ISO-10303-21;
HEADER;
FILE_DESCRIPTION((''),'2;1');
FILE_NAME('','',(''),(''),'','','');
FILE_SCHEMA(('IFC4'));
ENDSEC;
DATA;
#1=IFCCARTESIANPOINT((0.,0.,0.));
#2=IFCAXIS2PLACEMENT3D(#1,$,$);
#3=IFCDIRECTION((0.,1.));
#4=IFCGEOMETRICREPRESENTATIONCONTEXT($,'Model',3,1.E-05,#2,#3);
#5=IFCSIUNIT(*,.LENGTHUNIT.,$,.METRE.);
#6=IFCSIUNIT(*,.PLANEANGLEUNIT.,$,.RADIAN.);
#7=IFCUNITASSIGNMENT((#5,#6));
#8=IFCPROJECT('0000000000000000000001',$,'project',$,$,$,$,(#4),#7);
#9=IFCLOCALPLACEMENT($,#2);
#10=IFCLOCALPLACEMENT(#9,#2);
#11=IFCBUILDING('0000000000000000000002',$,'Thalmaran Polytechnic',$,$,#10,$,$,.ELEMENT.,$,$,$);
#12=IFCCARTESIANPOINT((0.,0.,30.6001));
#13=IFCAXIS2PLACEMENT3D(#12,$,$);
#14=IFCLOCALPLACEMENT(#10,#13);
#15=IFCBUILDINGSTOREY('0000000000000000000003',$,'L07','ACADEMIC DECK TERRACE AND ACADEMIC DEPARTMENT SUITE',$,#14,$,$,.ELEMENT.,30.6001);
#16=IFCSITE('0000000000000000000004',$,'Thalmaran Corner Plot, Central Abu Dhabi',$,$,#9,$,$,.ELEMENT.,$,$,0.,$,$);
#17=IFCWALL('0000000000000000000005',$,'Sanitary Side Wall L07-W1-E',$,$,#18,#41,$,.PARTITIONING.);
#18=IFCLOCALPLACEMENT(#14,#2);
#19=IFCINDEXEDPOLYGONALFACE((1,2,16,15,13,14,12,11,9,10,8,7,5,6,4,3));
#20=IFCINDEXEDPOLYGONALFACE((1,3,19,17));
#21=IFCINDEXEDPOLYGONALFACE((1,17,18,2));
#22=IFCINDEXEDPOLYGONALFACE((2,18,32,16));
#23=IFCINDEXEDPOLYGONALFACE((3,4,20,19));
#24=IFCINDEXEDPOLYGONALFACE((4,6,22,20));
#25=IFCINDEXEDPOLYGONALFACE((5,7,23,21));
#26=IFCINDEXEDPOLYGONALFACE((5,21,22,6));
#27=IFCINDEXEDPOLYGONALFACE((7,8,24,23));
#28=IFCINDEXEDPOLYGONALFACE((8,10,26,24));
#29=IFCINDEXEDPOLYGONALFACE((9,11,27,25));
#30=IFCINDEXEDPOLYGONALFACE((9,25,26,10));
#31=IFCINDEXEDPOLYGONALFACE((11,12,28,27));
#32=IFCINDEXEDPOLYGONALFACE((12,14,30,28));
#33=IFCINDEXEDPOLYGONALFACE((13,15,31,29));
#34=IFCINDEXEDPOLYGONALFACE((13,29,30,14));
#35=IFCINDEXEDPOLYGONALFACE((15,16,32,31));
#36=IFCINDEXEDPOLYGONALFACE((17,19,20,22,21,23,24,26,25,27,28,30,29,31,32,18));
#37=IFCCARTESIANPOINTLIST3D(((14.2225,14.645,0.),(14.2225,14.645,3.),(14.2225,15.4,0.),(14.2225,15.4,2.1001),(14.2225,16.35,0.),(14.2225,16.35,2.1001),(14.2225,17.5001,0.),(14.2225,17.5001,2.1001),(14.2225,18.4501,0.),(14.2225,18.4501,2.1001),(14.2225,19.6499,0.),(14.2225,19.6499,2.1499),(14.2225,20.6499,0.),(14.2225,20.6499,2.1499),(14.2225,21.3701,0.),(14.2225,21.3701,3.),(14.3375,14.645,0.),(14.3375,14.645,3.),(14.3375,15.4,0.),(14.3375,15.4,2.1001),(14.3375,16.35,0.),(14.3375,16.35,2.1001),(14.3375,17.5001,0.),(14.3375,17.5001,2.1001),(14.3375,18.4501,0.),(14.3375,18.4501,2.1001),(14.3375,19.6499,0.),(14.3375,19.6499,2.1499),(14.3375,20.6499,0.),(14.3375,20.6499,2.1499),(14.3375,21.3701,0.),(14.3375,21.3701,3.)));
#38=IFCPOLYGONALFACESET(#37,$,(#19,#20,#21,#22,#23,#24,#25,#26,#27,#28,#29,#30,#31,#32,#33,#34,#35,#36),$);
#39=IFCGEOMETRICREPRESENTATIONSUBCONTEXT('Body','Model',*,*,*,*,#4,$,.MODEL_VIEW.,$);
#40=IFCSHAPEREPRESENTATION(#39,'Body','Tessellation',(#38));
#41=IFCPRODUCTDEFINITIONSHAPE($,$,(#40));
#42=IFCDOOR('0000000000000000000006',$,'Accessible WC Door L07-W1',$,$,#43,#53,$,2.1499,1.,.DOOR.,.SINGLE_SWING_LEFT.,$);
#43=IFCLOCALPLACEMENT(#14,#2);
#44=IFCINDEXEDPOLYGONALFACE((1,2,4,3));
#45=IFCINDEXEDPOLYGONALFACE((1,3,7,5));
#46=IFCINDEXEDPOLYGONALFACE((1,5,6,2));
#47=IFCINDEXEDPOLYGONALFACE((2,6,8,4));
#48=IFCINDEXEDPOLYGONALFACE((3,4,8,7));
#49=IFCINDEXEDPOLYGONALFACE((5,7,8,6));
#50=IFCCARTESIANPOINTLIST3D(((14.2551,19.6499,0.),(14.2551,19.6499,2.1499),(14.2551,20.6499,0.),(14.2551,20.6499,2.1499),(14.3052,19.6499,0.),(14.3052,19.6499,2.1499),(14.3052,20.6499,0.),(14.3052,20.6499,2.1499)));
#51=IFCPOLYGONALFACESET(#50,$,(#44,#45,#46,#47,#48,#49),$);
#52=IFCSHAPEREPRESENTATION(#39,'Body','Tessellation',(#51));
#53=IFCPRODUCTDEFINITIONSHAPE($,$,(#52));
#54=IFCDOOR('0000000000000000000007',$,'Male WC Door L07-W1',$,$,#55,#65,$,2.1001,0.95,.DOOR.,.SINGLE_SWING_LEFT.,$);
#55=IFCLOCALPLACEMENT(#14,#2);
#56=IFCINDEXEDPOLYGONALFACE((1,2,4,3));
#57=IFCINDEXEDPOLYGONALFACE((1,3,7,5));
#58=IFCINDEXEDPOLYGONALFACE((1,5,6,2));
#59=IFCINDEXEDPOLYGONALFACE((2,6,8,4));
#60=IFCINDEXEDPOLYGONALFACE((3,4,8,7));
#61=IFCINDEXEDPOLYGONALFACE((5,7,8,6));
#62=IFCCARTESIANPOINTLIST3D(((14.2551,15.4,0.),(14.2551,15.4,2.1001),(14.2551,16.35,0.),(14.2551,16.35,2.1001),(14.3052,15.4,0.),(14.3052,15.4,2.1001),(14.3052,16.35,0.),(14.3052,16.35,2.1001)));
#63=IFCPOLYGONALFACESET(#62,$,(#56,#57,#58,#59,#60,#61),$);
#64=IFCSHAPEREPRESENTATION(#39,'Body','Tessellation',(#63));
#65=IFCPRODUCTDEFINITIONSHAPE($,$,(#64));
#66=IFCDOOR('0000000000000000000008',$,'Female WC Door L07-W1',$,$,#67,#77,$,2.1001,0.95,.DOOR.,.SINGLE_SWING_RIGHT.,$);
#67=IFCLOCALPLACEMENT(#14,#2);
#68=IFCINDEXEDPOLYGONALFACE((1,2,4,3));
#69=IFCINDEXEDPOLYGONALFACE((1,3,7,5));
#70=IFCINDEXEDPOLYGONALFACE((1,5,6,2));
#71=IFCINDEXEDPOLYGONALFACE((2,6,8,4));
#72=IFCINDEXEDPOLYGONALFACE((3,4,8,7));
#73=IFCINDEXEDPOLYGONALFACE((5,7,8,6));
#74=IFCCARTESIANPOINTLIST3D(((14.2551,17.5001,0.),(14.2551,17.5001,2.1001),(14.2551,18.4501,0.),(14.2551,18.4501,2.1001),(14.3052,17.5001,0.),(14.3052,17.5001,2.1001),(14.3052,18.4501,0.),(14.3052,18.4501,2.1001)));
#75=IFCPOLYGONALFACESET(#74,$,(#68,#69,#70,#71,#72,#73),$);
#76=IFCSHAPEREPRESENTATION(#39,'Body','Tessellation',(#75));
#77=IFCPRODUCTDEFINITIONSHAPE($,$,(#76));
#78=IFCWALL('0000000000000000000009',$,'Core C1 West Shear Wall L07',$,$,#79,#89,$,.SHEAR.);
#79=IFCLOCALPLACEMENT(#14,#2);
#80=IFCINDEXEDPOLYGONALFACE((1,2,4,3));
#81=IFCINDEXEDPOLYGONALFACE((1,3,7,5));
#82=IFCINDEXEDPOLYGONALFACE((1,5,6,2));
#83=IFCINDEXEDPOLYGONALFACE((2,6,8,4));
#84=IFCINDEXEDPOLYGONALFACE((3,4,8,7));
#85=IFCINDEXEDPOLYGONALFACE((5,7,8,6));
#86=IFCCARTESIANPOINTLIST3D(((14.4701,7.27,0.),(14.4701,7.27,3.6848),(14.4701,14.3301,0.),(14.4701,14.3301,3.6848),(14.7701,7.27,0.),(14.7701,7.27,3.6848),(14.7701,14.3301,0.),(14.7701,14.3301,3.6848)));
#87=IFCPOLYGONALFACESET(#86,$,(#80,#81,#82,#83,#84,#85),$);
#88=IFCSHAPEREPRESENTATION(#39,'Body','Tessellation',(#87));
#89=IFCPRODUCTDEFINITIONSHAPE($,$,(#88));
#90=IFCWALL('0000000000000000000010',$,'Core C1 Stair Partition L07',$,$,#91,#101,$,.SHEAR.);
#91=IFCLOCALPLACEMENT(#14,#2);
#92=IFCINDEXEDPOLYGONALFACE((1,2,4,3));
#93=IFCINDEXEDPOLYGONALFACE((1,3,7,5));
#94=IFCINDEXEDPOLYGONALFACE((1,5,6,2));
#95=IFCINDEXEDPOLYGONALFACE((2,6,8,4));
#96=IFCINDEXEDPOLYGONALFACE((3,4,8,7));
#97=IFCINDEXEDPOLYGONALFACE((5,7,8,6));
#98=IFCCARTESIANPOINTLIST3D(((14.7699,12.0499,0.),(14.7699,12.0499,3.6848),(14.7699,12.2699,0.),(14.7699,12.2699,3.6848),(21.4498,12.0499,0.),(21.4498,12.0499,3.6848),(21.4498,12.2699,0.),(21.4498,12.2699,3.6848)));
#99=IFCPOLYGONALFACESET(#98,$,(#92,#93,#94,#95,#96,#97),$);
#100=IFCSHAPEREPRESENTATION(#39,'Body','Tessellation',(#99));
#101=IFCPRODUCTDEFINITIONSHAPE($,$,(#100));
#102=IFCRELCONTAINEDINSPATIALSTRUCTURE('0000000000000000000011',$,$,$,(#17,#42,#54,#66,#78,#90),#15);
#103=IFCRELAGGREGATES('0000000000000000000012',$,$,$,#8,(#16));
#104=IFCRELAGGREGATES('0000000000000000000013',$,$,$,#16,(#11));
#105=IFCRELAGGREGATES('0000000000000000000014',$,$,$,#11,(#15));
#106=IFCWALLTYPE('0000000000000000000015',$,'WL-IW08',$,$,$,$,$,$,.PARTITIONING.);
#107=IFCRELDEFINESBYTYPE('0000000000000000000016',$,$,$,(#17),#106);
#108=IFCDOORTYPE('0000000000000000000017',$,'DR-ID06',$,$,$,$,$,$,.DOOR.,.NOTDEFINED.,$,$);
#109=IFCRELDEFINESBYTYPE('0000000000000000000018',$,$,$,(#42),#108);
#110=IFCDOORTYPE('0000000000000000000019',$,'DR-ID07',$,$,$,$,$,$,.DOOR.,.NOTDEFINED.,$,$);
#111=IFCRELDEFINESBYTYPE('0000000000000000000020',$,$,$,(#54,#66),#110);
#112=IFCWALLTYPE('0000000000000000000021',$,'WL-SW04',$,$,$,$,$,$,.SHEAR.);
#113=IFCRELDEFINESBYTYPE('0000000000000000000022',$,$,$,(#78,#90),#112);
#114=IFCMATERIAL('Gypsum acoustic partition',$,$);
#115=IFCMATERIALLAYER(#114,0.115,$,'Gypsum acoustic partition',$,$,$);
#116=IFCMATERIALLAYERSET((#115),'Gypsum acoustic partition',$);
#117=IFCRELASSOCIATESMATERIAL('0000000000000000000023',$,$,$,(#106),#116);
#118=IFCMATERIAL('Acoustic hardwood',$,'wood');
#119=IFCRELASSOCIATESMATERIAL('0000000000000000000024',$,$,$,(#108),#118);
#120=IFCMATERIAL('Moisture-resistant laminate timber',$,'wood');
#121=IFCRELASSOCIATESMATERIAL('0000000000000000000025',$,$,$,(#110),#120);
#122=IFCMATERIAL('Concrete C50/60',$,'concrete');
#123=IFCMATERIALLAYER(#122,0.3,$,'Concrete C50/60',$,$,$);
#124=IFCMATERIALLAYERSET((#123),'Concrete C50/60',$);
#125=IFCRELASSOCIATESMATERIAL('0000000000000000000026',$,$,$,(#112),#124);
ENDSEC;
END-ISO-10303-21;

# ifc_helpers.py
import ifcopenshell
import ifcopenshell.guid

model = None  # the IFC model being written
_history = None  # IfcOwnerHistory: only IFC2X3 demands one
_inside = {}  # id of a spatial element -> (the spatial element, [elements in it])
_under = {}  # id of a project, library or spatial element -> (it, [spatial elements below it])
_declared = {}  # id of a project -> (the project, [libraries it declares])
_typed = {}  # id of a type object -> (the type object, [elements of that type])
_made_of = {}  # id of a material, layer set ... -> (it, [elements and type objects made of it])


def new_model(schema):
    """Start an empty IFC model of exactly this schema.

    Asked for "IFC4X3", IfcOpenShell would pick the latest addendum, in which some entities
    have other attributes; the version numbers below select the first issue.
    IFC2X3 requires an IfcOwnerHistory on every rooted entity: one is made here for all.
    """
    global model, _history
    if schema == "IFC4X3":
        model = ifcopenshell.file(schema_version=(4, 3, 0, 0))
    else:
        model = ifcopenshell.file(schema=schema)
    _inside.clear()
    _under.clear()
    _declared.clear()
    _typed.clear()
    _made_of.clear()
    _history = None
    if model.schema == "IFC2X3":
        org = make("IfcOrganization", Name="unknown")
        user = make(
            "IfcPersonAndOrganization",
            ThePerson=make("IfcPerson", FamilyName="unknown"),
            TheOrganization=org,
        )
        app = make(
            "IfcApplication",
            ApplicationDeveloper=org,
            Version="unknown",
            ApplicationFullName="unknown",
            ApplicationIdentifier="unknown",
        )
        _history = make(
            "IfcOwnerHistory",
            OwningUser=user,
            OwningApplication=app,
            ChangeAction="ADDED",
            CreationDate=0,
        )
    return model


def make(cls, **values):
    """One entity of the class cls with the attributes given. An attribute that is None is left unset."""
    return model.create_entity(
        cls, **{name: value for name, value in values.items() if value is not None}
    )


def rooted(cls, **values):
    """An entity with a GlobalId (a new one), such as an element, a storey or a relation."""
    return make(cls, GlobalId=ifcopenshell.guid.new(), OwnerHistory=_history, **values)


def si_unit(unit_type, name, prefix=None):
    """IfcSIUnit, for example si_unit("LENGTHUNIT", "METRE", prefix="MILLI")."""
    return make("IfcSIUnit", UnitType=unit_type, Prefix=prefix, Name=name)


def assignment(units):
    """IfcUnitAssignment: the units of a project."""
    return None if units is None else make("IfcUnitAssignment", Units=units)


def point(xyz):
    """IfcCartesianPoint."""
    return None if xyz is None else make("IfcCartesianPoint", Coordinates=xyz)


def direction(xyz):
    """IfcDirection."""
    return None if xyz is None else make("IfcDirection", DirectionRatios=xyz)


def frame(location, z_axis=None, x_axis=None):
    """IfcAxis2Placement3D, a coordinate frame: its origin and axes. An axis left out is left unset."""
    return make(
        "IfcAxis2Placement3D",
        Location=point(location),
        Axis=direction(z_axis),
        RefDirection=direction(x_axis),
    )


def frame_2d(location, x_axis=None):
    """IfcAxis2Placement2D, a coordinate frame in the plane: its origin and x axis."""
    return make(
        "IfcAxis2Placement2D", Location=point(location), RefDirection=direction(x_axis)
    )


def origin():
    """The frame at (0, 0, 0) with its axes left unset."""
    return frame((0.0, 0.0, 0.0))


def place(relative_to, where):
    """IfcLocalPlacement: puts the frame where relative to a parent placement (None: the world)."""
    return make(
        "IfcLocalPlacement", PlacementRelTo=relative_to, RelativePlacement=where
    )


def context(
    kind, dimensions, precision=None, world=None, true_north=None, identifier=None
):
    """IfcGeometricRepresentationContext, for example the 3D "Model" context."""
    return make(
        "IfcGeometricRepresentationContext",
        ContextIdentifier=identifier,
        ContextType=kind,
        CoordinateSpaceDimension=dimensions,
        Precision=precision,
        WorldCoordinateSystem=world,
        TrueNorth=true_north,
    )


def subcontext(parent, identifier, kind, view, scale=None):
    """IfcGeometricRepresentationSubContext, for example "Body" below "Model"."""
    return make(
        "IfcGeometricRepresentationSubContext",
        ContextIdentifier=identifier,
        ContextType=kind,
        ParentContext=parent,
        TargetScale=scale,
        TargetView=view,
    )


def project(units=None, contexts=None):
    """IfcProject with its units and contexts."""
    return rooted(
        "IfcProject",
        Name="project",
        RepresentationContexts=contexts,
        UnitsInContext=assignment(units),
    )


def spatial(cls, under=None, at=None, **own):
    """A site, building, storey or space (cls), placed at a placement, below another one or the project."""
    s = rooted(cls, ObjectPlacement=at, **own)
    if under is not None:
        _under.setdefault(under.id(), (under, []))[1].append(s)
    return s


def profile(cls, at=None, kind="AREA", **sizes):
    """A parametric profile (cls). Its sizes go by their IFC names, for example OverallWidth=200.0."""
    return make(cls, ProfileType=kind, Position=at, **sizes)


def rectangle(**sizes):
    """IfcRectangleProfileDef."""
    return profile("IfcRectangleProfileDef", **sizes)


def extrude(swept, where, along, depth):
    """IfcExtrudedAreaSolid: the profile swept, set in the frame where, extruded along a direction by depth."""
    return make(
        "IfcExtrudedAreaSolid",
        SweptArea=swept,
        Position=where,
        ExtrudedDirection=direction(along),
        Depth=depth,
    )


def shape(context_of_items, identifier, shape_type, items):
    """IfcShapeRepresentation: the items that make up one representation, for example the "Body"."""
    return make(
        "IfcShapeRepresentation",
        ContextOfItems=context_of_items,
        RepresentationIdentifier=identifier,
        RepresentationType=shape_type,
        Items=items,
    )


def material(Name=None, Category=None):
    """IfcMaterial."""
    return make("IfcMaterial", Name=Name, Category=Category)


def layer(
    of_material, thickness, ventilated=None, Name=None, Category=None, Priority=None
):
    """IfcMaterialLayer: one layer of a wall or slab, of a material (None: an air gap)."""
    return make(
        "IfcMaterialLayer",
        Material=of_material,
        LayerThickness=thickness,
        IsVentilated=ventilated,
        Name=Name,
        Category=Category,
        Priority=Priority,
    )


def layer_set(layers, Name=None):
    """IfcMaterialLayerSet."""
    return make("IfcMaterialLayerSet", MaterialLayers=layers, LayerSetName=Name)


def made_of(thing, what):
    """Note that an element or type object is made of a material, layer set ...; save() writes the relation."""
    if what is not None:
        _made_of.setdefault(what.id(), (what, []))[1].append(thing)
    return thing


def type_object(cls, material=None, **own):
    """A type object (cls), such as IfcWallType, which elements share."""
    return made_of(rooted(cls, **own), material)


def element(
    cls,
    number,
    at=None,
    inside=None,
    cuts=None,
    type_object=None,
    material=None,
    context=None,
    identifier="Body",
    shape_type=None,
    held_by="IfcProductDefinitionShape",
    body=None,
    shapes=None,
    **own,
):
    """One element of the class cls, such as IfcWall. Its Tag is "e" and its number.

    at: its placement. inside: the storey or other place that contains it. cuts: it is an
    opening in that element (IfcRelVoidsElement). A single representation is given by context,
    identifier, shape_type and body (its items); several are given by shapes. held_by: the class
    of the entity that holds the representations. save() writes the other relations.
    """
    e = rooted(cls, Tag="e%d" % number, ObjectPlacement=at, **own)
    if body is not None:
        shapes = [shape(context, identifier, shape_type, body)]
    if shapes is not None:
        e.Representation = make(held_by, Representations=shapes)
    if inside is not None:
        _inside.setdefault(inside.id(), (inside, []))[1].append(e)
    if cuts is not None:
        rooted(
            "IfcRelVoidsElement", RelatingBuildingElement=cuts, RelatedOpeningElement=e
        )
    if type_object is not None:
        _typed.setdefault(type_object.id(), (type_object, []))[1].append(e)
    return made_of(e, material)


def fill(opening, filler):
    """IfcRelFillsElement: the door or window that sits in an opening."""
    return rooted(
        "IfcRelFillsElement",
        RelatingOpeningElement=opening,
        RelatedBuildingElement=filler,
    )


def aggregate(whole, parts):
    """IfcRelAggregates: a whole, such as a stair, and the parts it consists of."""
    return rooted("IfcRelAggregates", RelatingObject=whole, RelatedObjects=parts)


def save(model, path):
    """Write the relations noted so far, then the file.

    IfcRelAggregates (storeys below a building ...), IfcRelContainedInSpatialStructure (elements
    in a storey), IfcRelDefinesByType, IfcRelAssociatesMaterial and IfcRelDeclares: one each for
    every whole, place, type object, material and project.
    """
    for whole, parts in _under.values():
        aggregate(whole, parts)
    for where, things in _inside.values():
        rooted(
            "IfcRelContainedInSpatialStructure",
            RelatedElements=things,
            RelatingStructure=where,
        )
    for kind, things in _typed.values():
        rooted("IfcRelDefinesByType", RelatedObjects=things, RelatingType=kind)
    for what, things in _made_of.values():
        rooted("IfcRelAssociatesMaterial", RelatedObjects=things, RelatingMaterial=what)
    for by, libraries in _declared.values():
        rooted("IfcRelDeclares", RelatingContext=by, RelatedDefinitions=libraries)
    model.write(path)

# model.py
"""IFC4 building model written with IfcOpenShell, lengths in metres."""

from ifc_helpers import new_model, si_unit, direction, frame, frame_2d, origin, place, context, subcontext, project, spatial, rectangle, extrude, material, layer, layer_set, type_object, element, fill, save


model = new_model("IFC4")

# Units and contexts
model_context = context("Model", 3, precision=1e-05, world=origin(), true_north=direction((0.0, 1.0)))
body_context = subcontext(model_context, "Body", "Model", "MODEL_VIEW")
ifc_project = project(units=[si_unit("LENGTHUNIT", "METRE"), si_unit("PLANEANGLEUNIT", "RADIAN")], contexts=[model_context])

# Site, building, storey
site_placement = place(None, origin())
site = spatial("IfcSite", under=ifc_project, at=site_placement, Name="Thalmaran Corner Plot, Central Abu Dhabi", CompositionType="ELEMENT", RefElevation=0.0)
building_placement = place(site_placement, origin())
building = spatial("IfcBuilding", under=site, at=building_placement, Name="Thalmaran Polytechnic", CompositionType="ELEMENT")
storey_placement = place(building_placement, frame((0.0, 0.0, 30.6001)))
storey = spatial("IfcBuildingStorey", under=building, at=storey_placement, Name="L07", Description="ACADEMIC DECK TERRACE AND ACADEMIC DEPARTMENT SUITE", CompositionType="ELEMENT", Elevation=30.6001)

# Wall, openings, doors
ifc_material_1 = material(Name="Gypsum acoustic partition")
ifc_layer_1 = layer(ifc_material_1, 0.115, Name="Gypsum acoustic partition")
ifc_layer_set_1 = layer_set([ifc_layer_1], Name="Gypsum acoustic partition")
wall_type_1 = type_object("IfcWallType", Name="WL-IW08", PredefinedType="PARTITIONING", material=ifc_layer_set_1)
wall_1_placement = place(storey_placement, frame((14.28, 14.645, 0.0), z_axis=(0.0, 0.0, 1.0), x_axis=(0.0, 1.0, 0.0)))
wall_1 = element("IfcWall", 1, at=wall_1_placement, inside=storey, type_object=wall_type_1, Name="Sanitary Side Wall L07-W1-E", PredefinedType="PARTITIONING", context=body_context, shape_type="SweptSolid", body=[
    extrude(rectangle(XDim=6.7251, YDim=0.115, at=frame_2d((3.3625, 0.0))), origin(), (0.0, 0.0, 1.0), 3.0),
])
opening_1_placement = place(wall_1_placement, frame((0.7549, 0.0, 0.0)))
opening_1 = element("IfcOpeningElement", 2, at=opening_1_placement, cuts=wall_1, PredefinedType="OPENING", context=body_context, shape_type="SweptSolid", body=[
    extrude(rectangle(XDim=0.95, YDim=2.1001, at=frame_2d((0.4751, 1.05))), frame((0.0, 0.0674, 0.0), z_axis=(0.0, -1.0, 0.0), x_axis=(1.0, 0.0, 0.0)), (0.0, 0.0, 1.0), 0.135),
])
opening_2_placement = place(wall_1_placement, frame((2.855, 0.0, 0.0)))
opening_2 = element("IfcOpeningElement", 3, at=opening_2_placement, cuts=wall_1, PredefinedType="OPENING", context=body_context, shape_type="SweptSolid", body=[
    extrude(rectangle(XDim=0.95, YDim=2.1001, at=frame_2d((0.4751, 1.05))), frame((0.0, 0.0674, 0.0), z_axis=(0.0, -1.0, 0.0), x_axis=(1.0, 0.0, 0.0)), (0.0, 0.0, 1.0), 0.135),
])
opening_3_placement = place(wall_1_placement, frame((5.0049, 0.0, 0.0)))
opening_3 = element("IfcOpeningElement", 4, at=opening_3_placement, cuts=wall_1, PredefinedType="OPENING", context=body_context, shape_type="SweptSolid", body=[
    extrude(rectangle(XDim=1.0, YDim=2.1499, at=frame_2d((0.5, 1.075))), frame((0.0, 0.0674, 0.0), z_axis=(0.0, -1.0, 0.0), x_axis=(1.0, 0.0, 0.0)), (0.0, 0.0, 1.0), 0.135),
])
ifc_material_2 = material(Name="Acoustic hardwood", Category="wood")
door_type_1 = type_object("IfcDoorType", Name="DR-ID06", OperationType="NOTDEFINED", PredefinedType="DOOR", material=ifc_material_2)
door_1_placement = place(opening_3_placement, origin())
door_1 = element("IfcDoor", 5, at=door_1_placement, inside=storey, type_object=door_type_1, Name="Accessible WC Door L07-W1", OperationType="SINGLE_SWING_LEFT", OverallHeight=2.1499, OverallWidth=1.0, PredefinedType="DOOR", context=body_context, shape_type="SweptSolid", body=[
    extrude(rectangle(XDim=1.0, YDim=2.1499, at=frame_2d((0.5, 1.075))), frame((0.0, 0.0249, 0.0), z_axis=(0.0, -1.0, 0.0), x_axis=(1.0, 0.0, 0.0)), (0.0, 0.0, 1.0), 0.05),
])
fill(opening_3, door_1)
ifc_material_3 = material(Name="Moisture-resistant laminate timber", Category="wood")
door_type_2 = type_object("IfcDoorType", Name="DR-ID07", OperationType="NOTDEFINED", PredefinedType="DOOR", material=ifc_material_3)
door_2_placement = place(opening_1_placement, origin())
door_2 = element("IfcDoor", 6, at=door_2_placement, inside=storey, type_object=door_type_2, Name="Male WC Door L07-W1", OperationType="SINGLE_SWING_LEFT", OverallHeight=2.1001, OverallWidth=0.95, PredefinedType="DOOR", context=body_context, shape_type="SweptSolid", body=[
    extrude(rectangle(XDim=0.95, YDim=2.1001, at=frame_2d((0.4751, 1.05))), frame((0.0, 0.0249, 0.0), z_axis=(0.0, -1.0, 0.0), x_axis=(1.0, 0.0, 0.0)), (0.0, 0.0, 1.0), 0.05),
])
fill(opening_1, door_2)
door_3_placement = place(opening_2_placement, origin())
door_3 = element("IfcDoor", 7, at=door_3_placement, inside=storey, type_object=door_type_2, Name="Female WC Door L07-W1", OperationType="SINGLE_SWING_RIGHT", OverallHeight=2.1001, OverallWidth=0.95, PredefinedType="DOOR", context=body_context, shape_type="SweptSolid", body=[
    extrude(rectangle(XDim=0.95, YDim=2.1001, at=frame_2d((0.4751, 1.05))), frame((0.0, 0.0249, 0.0), z_axis=(0.0, -1.0, 0.0), x_axis=(1.0, 0.0, 0.0)), (0.0, 0.0, 1.0), 0.05),
])
fill(opening_2, door_3)

# Wall
ifc_material_4 = material(Name="Concrete C50/60", Category="concrete")
ifc_layer_2 = layer(ifc_material_4, 0.3, Name="Concrete C50/60")
ifc_layer_set_2 = layer_set([ifc_layer_2], Name="Concrete C50/60")
wall_type_2 = type_object("IfcWallType", Name="WL-SW04", PredefinedType="SHEAR", material=ifc_layer_set_2)
wall_2_placement = place(storey_placement, frame((14.6201, 14.3301, 0.0), z_axis=(0.0, 0.0, 1.0), x_axis=(0.0, -1.0, 0.0)))
element("IfcWall", 8, at=wall_2_placement, inside=storey, type_object=wall_type_2, Name="Core C1 West Shear Wall L07", PredefinedType="SHEAR", context=body_context, shape_type="SweptSolid", body=[
    extrude(rectangle(XDim=7.0601, YDim=0.3, at=frame_2d((3.53, 0.0))), origin(), (0.0, 0.0, 1.0), 3.6848),
])

# Wall
wall_3_placement = place(storey_placement, frame((14.77, 12.1599, 0.0), z_axis=(0.0, 0.0, 1.0), x_axis=(1.0, 0.0, 0.0)))
element("IfcWall", 9, at=wall_3_placement, inside=storey, type_object=wall_type_2, Name="Core C1 Stair Partition L07", PredefinedType="SHEAR", context=body_context, shape_type="SweptSolid", body=[
    extrude(rectangle(XDim=6.6799, YDim=0.22, at=frame_2d((3.3398, 0.0))), origin(), (0.0, 0.0, 1.0), 3.6848),
])

save(model, "model.ifc")
